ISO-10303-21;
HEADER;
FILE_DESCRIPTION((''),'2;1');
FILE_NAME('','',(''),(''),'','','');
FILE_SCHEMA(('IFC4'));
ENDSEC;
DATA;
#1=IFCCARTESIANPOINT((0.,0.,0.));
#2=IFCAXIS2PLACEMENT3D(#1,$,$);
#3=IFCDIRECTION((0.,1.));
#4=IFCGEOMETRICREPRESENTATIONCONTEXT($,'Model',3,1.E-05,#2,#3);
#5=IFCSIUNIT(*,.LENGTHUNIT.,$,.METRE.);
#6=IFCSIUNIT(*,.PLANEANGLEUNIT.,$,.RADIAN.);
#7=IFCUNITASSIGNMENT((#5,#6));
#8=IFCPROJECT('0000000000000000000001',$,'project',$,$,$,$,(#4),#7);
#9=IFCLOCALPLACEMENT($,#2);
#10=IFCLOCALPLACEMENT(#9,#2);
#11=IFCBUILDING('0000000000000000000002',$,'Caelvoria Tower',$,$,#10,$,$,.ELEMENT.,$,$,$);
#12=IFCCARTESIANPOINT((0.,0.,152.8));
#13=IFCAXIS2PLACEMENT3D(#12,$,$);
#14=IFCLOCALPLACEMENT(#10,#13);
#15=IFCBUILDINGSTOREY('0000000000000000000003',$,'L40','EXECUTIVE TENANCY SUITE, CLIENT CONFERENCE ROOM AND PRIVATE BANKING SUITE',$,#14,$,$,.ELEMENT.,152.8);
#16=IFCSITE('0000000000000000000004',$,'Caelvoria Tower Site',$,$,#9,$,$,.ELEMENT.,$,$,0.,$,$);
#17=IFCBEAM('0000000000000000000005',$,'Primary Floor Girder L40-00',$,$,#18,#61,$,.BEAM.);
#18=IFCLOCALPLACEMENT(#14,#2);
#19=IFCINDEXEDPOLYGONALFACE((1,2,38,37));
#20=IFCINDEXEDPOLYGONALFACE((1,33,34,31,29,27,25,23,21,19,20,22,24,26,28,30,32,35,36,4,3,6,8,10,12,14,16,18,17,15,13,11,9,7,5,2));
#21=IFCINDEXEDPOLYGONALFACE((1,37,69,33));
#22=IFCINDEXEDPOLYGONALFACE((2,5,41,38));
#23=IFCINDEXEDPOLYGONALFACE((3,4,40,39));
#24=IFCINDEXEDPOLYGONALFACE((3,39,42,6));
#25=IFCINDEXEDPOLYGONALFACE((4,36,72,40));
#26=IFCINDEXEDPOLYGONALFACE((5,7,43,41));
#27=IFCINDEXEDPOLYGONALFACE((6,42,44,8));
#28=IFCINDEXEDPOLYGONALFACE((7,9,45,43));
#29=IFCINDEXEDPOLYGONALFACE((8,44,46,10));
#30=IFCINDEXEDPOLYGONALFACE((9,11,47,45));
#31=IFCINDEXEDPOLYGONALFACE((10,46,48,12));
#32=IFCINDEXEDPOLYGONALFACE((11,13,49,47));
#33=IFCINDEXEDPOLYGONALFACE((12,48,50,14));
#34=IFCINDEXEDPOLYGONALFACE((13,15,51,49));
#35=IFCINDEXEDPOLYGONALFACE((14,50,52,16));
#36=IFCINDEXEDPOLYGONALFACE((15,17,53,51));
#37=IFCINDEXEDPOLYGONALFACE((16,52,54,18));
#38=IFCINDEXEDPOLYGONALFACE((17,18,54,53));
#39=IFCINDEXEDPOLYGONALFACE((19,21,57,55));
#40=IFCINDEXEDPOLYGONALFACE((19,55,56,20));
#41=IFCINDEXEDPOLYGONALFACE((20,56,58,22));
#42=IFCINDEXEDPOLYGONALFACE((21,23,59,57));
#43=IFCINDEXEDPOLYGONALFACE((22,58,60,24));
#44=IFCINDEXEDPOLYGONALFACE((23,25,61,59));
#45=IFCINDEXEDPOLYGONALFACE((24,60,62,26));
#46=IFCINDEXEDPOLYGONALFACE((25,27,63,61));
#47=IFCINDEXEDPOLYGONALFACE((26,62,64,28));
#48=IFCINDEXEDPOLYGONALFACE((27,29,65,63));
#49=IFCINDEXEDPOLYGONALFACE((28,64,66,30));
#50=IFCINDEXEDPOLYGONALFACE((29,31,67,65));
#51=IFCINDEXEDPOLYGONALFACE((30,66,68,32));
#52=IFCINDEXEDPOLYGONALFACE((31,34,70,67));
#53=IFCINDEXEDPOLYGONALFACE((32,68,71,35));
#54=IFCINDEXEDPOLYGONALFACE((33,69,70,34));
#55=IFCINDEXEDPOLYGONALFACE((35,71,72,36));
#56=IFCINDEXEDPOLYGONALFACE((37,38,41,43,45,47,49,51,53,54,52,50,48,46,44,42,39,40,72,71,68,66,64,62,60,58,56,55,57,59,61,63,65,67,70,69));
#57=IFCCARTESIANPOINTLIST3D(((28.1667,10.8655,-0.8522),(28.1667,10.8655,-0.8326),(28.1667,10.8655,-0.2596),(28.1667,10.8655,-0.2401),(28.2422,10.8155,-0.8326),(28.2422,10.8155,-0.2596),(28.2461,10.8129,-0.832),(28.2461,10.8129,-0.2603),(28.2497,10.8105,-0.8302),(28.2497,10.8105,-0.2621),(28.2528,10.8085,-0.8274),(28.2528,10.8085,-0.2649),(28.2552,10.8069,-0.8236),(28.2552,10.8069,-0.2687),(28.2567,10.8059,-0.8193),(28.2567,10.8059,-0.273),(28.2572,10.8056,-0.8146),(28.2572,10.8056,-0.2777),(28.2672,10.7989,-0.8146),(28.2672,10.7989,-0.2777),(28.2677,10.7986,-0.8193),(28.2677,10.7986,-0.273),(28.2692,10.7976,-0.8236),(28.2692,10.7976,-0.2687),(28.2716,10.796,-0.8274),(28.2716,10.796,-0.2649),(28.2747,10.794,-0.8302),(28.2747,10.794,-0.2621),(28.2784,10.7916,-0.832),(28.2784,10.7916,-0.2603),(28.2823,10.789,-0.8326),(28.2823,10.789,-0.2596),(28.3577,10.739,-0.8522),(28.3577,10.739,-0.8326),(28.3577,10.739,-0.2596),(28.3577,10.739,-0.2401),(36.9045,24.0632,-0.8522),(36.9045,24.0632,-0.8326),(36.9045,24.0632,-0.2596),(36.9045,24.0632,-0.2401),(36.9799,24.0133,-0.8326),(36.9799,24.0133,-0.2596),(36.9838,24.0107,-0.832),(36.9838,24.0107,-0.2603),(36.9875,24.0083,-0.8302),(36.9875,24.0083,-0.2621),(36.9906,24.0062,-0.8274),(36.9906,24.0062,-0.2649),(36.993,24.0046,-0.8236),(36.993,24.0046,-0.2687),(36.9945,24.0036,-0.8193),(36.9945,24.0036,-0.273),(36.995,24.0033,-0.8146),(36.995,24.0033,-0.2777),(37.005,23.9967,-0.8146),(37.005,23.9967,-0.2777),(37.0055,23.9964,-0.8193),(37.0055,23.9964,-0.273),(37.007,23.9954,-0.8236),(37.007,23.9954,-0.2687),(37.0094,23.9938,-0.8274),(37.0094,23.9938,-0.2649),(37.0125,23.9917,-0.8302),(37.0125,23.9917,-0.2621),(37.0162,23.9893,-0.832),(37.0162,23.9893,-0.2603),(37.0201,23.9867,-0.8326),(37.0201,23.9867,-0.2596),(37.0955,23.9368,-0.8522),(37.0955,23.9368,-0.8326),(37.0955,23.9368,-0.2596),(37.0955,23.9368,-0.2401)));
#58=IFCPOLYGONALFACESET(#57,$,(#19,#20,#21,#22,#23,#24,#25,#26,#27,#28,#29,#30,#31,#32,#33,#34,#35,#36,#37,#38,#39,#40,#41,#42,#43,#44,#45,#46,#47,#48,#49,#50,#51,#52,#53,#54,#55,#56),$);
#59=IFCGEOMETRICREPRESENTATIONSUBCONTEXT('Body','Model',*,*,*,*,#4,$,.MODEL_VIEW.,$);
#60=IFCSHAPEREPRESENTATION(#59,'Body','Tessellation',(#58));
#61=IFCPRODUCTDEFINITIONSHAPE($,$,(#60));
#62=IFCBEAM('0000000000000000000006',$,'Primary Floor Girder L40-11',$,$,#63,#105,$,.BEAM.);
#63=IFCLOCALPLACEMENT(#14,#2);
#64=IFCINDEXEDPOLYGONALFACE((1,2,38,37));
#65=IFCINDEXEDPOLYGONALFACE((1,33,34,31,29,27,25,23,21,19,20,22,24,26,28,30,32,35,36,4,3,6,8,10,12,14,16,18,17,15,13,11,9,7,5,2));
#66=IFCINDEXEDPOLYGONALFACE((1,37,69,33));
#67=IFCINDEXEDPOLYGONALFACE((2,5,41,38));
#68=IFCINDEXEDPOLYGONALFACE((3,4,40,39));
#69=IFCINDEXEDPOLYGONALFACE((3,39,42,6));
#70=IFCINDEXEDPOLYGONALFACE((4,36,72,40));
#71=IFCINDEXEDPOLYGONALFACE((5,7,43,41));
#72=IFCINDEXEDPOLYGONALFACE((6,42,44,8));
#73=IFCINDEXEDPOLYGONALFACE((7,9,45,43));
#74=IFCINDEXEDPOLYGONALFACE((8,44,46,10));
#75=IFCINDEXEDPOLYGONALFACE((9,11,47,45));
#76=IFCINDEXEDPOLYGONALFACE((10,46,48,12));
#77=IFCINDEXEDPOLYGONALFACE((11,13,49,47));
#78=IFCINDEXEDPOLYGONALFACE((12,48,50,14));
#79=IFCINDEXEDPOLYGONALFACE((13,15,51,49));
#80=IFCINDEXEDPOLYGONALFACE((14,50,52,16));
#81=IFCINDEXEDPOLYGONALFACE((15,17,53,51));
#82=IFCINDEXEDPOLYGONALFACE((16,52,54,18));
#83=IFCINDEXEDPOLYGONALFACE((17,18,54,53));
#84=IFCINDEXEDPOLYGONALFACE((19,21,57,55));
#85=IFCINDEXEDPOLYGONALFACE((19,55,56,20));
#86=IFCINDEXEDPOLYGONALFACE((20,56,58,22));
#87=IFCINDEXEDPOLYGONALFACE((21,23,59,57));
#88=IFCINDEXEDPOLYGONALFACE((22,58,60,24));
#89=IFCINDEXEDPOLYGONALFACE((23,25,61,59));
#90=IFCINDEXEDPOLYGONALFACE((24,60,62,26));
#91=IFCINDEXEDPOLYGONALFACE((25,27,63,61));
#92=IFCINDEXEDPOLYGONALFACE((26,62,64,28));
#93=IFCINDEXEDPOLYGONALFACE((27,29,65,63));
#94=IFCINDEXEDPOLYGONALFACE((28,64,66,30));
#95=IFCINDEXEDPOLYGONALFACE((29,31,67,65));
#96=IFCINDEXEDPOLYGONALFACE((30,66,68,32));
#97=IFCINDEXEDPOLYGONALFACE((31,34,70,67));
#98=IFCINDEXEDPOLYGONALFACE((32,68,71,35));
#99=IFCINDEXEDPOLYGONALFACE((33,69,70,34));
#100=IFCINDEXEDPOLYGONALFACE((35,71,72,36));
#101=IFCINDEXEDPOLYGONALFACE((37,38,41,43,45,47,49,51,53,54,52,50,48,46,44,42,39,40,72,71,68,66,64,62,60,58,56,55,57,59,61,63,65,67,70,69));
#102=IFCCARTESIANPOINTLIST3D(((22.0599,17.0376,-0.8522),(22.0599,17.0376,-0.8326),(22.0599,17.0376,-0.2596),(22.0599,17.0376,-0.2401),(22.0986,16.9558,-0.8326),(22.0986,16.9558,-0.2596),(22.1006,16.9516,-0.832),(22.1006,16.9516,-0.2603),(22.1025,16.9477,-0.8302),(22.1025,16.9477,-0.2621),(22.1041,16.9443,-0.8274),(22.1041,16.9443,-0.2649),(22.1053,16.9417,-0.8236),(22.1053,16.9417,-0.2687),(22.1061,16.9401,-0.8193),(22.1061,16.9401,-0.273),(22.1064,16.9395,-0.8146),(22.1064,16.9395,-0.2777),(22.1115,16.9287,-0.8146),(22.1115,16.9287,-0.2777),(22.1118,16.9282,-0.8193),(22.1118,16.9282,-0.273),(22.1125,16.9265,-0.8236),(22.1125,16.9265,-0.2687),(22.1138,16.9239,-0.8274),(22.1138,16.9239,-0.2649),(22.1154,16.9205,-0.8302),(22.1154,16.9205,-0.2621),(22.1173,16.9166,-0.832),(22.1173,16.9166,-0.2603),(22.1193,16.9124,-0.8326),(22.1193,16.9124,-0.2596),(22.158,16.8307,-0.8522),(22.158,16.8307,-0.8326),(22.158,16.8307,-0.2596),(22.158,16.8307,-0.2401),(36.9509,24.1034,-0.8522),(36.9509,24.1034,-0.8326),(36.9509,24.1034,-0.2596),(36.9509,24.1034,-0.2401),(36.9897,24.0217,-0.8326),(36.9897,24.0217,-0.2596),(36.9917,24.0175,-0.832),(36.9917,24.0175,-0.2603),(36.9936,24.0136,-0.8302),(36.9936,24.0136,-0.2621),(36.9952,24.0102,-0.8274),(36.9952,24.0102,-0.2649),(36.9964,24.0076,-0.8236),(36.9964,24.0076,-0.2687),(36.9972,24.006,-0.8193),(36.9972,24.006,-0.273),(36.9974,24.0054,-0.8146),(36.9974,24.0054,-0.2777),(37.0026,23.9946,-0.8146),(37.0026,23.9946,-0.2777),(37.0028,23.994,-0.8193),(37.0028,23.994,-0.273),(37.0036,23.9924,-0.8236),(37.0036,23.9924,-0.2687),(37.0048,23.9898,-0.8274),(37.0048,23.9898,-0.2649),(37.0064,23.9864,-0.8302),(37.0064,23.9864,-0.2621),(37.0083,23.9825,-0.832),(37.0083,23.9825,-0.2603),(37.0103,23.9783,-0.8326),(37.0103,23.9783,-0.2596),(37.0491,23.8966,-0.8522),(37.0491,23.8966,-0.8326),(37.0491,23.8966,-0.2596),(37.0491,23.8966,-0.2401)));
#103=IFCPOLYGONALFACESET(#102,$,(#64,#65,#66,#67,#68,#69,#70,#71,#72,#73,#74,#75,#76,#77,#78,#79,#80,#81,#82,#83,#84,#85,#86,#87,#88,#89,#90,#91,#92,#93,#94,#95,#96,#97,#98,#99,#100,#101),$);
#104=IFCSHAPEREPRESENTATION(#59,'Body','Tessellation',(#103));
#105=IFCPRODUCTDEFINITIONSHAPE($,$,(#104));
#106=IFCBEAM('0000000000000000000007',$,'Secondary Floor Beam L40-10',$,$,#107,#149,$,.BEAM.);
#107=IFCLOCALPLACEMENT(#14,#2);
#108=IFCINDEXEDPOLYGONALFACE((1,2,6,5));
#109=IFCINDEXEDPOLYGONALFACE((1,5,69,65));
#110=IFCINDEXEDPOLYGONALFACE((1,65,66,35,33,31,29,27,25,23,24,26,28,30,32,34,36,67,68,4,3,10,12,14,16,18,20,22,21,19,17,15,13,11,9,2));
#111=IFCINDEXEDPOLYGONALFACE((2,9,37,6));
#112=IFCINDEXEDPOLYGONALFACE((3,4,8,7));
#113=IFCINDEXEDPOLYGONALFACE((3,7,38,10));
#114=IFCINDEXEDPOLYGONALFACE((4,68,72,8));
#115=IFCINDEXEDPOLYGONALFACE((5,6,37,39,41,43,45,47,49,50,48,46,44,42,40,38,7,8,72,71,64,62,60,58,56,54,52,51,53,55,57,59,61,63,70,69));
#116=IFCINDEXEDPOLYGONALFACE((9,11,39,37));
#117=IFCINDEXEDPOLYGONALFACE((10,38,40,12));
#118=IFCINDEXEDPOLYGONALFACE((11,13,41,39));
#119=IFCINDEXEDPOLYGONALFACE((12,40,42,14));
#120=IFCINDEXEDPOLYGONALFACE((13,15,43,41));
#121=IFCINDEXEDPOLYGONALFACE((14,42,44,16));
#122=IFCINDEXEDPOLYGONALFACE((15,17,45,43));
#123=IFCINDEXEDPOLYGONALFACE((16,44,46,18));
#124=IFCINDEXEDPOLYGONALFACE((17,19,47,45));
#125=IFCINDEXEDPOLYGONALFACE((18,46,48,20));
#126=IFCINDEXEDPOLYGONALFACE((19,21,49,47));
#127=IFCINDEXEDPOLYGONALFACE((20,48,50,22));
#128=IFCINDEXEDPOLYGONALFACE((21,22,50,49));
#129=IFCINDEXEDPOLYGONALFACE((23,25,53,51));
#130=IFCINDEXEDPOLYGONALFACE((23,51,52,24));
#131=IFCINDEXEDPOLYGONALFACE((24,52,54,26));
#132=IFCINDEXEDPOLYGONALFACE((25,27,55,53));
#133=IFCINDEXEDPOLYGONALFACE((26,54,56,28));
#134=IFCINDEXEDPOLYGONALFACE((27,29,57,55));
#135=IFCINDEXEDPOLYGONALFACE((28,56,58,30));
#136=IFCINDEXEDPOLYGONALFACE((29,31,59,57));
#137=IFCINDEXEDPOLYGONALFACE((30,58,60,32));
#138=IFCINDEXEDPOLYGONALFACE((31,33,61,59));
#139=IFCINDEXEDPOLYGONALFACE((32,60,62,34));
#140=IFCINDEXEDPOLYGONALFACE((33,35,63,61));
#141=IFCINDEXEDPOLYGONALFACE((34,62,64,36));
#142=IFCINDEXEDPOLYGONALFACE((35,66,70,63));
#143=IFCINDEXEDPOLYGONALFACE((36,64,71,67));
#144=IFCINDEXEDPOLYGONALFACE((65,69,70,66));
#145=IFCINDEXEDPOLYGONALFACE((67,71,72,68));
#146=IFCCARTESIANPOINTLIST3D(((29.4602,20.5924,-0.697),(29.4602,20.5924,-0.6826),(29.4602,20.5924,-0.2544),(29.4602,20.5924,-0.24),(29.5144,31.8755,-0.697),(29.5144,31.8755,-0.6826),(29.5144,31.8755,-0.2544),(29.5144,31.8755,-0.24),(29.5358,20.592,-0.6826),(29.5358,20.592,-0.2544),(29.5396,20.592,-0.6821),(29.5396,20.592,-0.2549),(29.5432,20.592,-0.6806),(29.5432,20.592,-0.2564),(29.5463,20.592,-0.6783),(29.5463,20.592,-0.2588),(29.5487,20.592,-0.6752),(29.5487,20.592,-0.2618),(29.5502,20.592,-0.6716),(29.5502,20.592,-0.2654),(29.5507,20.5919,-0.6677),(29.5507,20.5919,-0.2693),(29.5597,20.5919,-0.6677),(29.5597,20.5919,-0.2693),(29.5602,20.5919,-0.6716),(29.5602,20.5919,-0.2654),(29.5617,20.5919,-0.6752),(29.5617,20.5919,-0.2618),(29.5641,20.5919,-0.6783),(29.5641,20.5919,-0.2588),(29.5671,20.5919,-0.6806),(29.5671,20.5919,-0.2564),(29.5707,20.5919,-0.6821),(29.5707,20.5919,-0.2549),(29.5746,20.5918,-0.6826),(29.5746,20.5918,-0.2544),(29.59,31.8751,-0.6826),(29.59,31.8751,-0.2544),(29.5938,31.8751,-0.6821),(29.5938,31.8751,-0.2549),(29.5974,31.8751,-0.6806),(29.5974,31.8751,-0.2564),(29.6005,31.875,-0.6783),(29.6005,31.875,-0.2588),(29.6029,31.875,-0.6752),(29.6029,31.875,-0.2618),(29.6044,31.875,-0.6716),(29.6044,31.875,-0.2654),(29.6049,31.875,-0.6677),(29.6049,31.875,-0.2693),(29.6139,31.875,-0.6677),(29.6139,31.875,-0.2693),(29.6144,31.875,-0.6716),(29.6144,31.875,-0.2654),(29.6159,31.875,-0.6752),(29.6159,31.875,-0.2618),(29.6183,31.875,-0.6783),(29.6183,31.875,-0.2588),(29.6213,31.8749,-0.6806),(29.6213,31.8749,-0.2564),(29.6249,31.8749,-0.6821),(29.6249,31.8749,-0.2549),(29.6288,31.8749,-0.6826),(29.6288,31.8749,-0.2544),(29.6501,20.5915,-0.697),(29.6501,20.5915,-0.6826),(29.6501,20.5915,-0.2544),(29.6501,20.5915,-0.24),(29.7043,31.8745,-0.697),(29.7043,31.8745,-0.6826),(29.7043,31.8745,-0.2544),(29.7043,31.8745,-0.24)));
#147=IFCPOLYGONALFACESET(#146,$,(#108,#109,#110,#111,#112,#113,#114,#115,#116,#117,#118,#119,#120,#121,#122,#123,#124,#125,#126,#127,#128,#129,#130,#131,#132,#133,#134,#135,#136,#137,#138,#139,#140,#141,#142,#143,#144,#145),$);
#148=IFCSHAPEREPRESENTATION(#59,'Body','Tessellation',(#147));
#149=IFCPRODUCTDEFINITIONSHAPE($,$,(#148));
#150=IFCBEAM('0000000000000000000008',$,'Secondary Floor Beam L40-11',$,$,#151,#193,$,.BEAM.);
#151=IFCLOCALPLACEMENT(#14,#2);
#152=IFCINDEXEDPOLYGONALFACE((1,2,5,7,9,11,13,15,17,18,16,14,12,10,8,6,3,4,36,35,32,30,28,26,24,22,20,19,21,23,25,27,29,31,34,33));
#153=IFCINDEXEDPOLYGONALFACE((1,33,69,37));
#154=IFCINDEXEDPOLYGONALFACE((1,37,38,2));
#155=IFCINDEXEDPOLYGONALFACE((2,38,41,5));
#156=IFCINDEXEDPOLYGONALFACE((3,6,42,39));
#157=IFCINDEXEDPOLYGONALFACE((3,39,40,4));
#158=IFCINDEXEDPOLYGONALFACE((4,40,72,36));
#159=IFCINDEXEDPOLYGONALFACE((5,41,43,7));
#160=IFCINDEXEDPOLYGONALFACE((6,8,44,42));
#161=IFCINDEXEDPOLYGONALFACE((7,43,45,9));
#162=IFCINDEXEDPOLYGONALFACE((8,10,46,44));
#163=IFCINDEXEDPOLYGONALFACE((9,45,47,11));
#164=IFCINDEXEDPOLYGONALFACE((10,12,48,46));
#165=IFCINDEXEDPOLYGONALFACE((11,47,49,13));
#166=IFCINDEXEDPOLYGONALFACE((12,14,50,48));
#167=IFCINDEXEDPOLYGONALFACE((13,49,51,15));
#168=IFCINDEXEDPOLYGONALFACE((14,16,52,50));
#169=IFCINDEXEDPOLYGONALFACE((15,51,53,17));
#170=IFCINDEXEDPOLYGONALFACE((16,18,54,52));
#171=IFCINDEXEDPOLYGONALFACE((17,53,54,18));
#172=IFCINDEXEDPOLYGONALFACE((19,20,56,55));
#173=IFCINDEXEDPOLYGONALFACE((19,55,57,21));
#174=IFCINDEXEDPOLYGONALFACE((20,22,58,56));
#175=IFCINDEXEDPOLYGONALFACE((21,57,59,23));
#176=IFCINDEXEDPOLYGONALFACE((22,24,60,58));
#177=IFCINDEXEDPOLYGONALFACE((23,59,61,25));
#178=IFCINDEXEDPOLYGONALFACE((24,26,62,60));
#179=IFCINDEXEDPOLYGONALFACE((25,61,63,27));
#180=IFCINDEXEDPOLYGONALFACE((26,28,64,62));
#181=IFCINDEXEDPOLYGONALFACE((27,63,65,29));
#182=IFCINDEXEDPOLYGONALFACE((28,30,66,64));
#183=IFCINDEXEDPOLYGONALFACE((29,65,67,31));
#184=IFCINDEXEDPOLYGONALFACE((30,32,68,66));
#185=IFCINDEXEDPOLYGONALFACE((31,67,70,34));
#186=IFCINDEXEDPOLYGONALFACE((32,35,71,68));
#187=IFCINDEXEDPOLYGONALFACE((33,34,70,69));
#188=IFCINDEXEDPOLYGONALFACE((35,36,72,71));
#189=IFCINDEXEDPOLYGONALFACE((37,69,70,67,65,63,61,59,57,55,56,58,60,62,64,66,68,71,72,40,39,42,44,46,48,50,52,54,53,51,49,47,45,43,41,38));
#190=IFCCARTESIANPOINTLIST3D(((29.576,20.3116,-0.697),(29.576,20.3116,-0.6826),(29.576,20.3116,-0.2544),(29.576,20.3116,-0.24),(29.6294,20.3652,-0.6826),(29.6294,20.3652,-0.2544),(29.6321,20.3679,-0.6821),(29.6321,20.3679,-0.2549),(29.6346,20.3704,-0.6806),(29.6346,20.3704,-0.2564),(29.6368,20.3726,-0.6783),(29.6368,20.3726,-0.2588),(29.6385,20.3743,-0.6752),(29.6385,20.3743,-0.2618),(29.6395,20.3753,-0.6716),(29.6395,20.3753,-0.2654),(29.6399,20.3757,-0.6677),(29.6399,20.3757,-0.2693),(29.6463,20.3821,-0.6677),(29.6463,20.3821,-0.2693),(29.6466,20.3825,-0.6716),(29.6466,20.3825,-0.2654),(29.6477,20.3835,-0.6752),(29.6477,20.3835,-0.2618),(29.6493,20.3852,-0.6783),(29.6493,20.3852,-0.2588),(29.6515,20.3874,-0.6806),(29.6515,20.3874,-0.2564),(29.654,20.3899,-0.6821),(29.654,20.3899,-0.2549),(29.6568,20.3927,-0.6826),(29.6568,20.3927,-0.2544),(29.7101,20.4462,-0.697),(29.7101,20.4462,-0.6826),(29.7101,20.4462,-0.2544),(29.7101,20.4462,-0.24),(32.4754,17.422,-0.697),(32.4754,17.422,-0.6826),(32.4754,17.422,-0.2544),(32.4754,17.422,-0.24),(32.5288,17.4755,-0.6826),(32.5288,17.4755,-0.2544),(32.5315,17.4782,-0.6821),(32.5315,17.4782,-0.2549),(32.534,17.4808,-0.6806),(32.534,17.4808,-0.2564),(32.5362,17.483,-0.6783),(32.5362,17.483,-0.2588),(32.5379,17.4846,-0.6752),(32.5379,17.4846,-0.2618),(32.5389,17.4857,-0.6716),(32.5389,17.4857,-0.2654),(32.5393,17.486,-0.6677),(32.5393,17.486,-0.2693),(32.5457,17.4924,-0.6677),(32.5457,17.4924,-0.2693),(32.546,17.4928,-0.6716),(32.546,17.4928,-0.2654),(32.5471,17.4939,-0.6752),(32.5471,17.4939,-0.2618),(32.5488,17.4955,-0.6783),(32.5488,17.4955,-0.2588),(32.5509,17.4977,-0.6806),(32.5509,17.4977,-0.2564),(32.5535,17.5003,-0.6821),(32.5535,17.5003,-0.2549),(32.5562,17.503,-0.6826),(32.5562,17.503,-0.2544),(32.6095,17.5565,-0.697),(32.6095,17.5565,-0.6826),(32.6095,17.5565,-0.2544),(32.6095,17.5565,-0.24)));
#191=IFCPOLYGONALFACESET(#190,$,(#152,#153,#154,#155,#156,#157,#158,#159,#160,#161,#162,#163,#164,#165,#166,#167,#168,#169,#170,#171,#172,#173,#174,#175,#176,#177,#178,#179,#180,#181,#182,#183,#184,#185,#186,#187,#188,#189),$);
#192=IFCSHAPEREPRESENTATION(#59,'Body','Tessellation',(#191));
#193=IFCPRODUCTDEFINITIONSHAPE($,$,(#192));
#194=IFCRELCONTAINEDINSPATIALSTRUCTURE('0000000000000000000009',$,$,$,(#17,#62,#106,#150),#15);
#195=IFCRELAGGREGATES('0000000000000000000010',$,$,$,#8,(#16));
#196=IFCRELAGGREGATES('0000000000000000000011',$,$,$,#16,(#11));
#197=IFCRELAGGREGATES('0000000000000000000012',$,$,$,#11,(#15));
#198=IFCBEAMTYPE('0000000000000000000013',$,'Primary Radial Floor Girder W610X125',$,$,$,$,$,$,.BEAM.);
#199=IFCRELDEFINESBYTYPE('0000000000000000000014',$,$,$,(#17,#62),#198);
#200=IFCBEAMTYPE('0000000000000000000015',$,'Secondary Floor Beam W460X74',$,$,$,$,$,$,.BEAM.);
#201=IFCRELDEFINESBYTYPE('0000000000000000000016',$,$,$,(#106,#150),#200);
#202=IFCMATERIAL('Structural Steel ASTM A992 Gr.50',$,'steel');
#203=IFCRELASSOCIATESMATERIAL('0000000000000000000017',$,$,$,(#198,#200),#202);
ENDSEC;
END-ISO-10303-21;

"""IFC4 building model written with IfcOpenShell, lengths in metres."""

from ifc_helpers import new_model, si_unit, direction, frame, origin, origin_2d, place, context, subcontext, project, spatial, i_section, extrude, material, material_profile, profile_set, type_object, element, save


model = new_model("IFC4")

# Units and contexts
model_context = context("Model", 3, precision=1e-05, world=origin(), true_north=direction((0.0, 1.0)))
body_context = subcontext(model_context, "Body", "Model", "MODEL_VIEW")
ifc_project = project(units=[si_unit("LENGTHUNIT", "METRE"), si_unit("PLANEANGLEUNIT", "RADIAN")], contexts=[model_context])

# Site, building, storey
site_placement = place(None, origin())
site = spatial("IfcSite", under=ifc_project, at=site_placement, Name="Caelvoria Tower Site", CompositionType="ELEMENT", RefElevation=0.0)
building_placement = place(site_placement, origin())
building = spatial("IfcBuilding", under=site, at=building_placement, Name="Caelvoria Tower", CompositionType="ELEMENT")
storey_placement = place(building_placement, frame((0.0, 0.0, 152.8)))
storey = spatial("IfcBuildingStorey", under=building, at=storey_placement, Name="L40", Description="EXECUTIVE TENANCY SUITE, CLIENT CONFERENCE ROOM AND PRIVATE BANKING SUITE", CompositionType="ELEMENT", Elevation=152.8)

# Beams
ifc_material_1 = material(Name="Structural Steel ASTM A992 Gr.50", Category="steel")
ifc_material_profile_1 = material_profile(ifc_material_1, i_section(OverallWidth=0.229, OverallDepth=0.6121, WebThickness=0.012, FlangeThickness=0.0195, FilletRadius=0.0181, at=origin_2d()), Name="Structural Steel ASTM A992 Gr.50")
ifc_profile_set_1 = profile_set([ifc_material_profile_1], Name="W610X125 - Structural Steel ASTM A992 Gr.50")
beam_type_1 = type_object("IfcBeamType", Name="Primary Radial Floor Girder W610X125", PredefinedType="BEAM", material=ifc_profile_set_1)
beam_1_placement = place(storey_placement, frame((37.0, 24.0, -0.5461), z_axis=(-0.552042, -0.833816, 0.0), x_axis=(0.833816, -0.552042, 0.0)))
element("IfcBeam", 1, at=beam_1_placement, inside=storey, type_object=beam_type_1, Name="Primary Floor Girder L40-00", PredefinedType="BEAM", context=body_context, shape_type="SweptSolid", body=[
    extrude(i_section(OverallWidth=0.229, OverallDepth=0.6121, WebThickness=0.012, FlangeThickness=0.0195, FilletRadius=0.0181, at=origin_2d()), origin(), (0.0, 0.0, 1.0), 15.8281),
])
beam_2_placement = place(storey_placement, frame((37.0, 24.0, -0.5461), z_axis=(-0.903451, -0.428692, 0.0), x_axis=(0.428692, -0.903451, 0.0)))
element("IfcBeam", 2, at=beam_2_placement, inside=storey, type_object=beam_type_1, Name="Primary Floor Girder L40-11", PredefinedType="BEAM", context=body_context, shape_type="SweptSolid", body=[
    extrude(i_section(OverallWidth=0.229, OverallDepth=0.6121, WebThickness=0.012, FlangeThickness=0.0195, FilletRadius=0.0181, at=origin_2d()), origin(), (0.0, 0.0, 1.0), 16.4824),
])
ifc_material_profile_2 = material_profile(ifc_material_1, i_section(OverallWidth=0.1899, OverallDepth=0.457, WebThickness=0.009, FlangeThickness=0.0144, FilletRadius=0.0149, at=origin_2d()), Name="Structural Steel ASTM A992 Gr.50")
ifc_profile_set_2 = profile_set([ifc_material_profile_2], Name="W460X74 - Structural Steel ASTM A992 Gr.50")
beam_type_2 = type_object("IfcBeamType", Name="Secondary Floor Beam W460X74", PredefinedType="BEAM", material=ifc_profile_set_2)
beam_3_placement = place(storey_placement, frame((29.6094, 31.875, -0.4685), z_axis=(-0.004804, -0.999988, 0.0), x_axis=(0.999988, -0.004804, 0.0)))
element("IfcBeam", 3, at=beam_3_placement, inside=storey, type_object=beam_type_2, Name="Secondary Floor Beam L40-10", PredefinedType="BEAM", context=body_context, shape_type="SweptSolid", body=[
    extrude(i_section(OverallWidth=0.1899, OverallDepth=0.457, WebThickness=0.009, FlangeThickness=0.0144, FilletRadius=0.0149, at=origin_2d()), origin(), (0.0, 0.0, 1.0), 11.2832),
])
beam_4_placement = place(storey_placement, frame((29.6431, 20.3789, -0.4685), z_axis=(0.708299, -0.705913, 0.0), x_axis=(0.705913, 0.708299, 0.0)))
element("IfcBeam", 4, at=beam_4_placement, inside=storey, type_object=beam_type_2, Name="Secondary Floor Beam L40-11", PredefinedType="BEAM", context=body_context, shape_type="SweptSolid", body=[
    extrude(i_section(OverallWidth=0.1899, OverallDepth=0.457, WebThickness=0.009, FlangeThickness=0.0144, FilletRadius=0.0149, at=origin_2d()), origin(), (0.0, 0.0, 1.0), 4.0935),
])

save(model, "model.ifc")
